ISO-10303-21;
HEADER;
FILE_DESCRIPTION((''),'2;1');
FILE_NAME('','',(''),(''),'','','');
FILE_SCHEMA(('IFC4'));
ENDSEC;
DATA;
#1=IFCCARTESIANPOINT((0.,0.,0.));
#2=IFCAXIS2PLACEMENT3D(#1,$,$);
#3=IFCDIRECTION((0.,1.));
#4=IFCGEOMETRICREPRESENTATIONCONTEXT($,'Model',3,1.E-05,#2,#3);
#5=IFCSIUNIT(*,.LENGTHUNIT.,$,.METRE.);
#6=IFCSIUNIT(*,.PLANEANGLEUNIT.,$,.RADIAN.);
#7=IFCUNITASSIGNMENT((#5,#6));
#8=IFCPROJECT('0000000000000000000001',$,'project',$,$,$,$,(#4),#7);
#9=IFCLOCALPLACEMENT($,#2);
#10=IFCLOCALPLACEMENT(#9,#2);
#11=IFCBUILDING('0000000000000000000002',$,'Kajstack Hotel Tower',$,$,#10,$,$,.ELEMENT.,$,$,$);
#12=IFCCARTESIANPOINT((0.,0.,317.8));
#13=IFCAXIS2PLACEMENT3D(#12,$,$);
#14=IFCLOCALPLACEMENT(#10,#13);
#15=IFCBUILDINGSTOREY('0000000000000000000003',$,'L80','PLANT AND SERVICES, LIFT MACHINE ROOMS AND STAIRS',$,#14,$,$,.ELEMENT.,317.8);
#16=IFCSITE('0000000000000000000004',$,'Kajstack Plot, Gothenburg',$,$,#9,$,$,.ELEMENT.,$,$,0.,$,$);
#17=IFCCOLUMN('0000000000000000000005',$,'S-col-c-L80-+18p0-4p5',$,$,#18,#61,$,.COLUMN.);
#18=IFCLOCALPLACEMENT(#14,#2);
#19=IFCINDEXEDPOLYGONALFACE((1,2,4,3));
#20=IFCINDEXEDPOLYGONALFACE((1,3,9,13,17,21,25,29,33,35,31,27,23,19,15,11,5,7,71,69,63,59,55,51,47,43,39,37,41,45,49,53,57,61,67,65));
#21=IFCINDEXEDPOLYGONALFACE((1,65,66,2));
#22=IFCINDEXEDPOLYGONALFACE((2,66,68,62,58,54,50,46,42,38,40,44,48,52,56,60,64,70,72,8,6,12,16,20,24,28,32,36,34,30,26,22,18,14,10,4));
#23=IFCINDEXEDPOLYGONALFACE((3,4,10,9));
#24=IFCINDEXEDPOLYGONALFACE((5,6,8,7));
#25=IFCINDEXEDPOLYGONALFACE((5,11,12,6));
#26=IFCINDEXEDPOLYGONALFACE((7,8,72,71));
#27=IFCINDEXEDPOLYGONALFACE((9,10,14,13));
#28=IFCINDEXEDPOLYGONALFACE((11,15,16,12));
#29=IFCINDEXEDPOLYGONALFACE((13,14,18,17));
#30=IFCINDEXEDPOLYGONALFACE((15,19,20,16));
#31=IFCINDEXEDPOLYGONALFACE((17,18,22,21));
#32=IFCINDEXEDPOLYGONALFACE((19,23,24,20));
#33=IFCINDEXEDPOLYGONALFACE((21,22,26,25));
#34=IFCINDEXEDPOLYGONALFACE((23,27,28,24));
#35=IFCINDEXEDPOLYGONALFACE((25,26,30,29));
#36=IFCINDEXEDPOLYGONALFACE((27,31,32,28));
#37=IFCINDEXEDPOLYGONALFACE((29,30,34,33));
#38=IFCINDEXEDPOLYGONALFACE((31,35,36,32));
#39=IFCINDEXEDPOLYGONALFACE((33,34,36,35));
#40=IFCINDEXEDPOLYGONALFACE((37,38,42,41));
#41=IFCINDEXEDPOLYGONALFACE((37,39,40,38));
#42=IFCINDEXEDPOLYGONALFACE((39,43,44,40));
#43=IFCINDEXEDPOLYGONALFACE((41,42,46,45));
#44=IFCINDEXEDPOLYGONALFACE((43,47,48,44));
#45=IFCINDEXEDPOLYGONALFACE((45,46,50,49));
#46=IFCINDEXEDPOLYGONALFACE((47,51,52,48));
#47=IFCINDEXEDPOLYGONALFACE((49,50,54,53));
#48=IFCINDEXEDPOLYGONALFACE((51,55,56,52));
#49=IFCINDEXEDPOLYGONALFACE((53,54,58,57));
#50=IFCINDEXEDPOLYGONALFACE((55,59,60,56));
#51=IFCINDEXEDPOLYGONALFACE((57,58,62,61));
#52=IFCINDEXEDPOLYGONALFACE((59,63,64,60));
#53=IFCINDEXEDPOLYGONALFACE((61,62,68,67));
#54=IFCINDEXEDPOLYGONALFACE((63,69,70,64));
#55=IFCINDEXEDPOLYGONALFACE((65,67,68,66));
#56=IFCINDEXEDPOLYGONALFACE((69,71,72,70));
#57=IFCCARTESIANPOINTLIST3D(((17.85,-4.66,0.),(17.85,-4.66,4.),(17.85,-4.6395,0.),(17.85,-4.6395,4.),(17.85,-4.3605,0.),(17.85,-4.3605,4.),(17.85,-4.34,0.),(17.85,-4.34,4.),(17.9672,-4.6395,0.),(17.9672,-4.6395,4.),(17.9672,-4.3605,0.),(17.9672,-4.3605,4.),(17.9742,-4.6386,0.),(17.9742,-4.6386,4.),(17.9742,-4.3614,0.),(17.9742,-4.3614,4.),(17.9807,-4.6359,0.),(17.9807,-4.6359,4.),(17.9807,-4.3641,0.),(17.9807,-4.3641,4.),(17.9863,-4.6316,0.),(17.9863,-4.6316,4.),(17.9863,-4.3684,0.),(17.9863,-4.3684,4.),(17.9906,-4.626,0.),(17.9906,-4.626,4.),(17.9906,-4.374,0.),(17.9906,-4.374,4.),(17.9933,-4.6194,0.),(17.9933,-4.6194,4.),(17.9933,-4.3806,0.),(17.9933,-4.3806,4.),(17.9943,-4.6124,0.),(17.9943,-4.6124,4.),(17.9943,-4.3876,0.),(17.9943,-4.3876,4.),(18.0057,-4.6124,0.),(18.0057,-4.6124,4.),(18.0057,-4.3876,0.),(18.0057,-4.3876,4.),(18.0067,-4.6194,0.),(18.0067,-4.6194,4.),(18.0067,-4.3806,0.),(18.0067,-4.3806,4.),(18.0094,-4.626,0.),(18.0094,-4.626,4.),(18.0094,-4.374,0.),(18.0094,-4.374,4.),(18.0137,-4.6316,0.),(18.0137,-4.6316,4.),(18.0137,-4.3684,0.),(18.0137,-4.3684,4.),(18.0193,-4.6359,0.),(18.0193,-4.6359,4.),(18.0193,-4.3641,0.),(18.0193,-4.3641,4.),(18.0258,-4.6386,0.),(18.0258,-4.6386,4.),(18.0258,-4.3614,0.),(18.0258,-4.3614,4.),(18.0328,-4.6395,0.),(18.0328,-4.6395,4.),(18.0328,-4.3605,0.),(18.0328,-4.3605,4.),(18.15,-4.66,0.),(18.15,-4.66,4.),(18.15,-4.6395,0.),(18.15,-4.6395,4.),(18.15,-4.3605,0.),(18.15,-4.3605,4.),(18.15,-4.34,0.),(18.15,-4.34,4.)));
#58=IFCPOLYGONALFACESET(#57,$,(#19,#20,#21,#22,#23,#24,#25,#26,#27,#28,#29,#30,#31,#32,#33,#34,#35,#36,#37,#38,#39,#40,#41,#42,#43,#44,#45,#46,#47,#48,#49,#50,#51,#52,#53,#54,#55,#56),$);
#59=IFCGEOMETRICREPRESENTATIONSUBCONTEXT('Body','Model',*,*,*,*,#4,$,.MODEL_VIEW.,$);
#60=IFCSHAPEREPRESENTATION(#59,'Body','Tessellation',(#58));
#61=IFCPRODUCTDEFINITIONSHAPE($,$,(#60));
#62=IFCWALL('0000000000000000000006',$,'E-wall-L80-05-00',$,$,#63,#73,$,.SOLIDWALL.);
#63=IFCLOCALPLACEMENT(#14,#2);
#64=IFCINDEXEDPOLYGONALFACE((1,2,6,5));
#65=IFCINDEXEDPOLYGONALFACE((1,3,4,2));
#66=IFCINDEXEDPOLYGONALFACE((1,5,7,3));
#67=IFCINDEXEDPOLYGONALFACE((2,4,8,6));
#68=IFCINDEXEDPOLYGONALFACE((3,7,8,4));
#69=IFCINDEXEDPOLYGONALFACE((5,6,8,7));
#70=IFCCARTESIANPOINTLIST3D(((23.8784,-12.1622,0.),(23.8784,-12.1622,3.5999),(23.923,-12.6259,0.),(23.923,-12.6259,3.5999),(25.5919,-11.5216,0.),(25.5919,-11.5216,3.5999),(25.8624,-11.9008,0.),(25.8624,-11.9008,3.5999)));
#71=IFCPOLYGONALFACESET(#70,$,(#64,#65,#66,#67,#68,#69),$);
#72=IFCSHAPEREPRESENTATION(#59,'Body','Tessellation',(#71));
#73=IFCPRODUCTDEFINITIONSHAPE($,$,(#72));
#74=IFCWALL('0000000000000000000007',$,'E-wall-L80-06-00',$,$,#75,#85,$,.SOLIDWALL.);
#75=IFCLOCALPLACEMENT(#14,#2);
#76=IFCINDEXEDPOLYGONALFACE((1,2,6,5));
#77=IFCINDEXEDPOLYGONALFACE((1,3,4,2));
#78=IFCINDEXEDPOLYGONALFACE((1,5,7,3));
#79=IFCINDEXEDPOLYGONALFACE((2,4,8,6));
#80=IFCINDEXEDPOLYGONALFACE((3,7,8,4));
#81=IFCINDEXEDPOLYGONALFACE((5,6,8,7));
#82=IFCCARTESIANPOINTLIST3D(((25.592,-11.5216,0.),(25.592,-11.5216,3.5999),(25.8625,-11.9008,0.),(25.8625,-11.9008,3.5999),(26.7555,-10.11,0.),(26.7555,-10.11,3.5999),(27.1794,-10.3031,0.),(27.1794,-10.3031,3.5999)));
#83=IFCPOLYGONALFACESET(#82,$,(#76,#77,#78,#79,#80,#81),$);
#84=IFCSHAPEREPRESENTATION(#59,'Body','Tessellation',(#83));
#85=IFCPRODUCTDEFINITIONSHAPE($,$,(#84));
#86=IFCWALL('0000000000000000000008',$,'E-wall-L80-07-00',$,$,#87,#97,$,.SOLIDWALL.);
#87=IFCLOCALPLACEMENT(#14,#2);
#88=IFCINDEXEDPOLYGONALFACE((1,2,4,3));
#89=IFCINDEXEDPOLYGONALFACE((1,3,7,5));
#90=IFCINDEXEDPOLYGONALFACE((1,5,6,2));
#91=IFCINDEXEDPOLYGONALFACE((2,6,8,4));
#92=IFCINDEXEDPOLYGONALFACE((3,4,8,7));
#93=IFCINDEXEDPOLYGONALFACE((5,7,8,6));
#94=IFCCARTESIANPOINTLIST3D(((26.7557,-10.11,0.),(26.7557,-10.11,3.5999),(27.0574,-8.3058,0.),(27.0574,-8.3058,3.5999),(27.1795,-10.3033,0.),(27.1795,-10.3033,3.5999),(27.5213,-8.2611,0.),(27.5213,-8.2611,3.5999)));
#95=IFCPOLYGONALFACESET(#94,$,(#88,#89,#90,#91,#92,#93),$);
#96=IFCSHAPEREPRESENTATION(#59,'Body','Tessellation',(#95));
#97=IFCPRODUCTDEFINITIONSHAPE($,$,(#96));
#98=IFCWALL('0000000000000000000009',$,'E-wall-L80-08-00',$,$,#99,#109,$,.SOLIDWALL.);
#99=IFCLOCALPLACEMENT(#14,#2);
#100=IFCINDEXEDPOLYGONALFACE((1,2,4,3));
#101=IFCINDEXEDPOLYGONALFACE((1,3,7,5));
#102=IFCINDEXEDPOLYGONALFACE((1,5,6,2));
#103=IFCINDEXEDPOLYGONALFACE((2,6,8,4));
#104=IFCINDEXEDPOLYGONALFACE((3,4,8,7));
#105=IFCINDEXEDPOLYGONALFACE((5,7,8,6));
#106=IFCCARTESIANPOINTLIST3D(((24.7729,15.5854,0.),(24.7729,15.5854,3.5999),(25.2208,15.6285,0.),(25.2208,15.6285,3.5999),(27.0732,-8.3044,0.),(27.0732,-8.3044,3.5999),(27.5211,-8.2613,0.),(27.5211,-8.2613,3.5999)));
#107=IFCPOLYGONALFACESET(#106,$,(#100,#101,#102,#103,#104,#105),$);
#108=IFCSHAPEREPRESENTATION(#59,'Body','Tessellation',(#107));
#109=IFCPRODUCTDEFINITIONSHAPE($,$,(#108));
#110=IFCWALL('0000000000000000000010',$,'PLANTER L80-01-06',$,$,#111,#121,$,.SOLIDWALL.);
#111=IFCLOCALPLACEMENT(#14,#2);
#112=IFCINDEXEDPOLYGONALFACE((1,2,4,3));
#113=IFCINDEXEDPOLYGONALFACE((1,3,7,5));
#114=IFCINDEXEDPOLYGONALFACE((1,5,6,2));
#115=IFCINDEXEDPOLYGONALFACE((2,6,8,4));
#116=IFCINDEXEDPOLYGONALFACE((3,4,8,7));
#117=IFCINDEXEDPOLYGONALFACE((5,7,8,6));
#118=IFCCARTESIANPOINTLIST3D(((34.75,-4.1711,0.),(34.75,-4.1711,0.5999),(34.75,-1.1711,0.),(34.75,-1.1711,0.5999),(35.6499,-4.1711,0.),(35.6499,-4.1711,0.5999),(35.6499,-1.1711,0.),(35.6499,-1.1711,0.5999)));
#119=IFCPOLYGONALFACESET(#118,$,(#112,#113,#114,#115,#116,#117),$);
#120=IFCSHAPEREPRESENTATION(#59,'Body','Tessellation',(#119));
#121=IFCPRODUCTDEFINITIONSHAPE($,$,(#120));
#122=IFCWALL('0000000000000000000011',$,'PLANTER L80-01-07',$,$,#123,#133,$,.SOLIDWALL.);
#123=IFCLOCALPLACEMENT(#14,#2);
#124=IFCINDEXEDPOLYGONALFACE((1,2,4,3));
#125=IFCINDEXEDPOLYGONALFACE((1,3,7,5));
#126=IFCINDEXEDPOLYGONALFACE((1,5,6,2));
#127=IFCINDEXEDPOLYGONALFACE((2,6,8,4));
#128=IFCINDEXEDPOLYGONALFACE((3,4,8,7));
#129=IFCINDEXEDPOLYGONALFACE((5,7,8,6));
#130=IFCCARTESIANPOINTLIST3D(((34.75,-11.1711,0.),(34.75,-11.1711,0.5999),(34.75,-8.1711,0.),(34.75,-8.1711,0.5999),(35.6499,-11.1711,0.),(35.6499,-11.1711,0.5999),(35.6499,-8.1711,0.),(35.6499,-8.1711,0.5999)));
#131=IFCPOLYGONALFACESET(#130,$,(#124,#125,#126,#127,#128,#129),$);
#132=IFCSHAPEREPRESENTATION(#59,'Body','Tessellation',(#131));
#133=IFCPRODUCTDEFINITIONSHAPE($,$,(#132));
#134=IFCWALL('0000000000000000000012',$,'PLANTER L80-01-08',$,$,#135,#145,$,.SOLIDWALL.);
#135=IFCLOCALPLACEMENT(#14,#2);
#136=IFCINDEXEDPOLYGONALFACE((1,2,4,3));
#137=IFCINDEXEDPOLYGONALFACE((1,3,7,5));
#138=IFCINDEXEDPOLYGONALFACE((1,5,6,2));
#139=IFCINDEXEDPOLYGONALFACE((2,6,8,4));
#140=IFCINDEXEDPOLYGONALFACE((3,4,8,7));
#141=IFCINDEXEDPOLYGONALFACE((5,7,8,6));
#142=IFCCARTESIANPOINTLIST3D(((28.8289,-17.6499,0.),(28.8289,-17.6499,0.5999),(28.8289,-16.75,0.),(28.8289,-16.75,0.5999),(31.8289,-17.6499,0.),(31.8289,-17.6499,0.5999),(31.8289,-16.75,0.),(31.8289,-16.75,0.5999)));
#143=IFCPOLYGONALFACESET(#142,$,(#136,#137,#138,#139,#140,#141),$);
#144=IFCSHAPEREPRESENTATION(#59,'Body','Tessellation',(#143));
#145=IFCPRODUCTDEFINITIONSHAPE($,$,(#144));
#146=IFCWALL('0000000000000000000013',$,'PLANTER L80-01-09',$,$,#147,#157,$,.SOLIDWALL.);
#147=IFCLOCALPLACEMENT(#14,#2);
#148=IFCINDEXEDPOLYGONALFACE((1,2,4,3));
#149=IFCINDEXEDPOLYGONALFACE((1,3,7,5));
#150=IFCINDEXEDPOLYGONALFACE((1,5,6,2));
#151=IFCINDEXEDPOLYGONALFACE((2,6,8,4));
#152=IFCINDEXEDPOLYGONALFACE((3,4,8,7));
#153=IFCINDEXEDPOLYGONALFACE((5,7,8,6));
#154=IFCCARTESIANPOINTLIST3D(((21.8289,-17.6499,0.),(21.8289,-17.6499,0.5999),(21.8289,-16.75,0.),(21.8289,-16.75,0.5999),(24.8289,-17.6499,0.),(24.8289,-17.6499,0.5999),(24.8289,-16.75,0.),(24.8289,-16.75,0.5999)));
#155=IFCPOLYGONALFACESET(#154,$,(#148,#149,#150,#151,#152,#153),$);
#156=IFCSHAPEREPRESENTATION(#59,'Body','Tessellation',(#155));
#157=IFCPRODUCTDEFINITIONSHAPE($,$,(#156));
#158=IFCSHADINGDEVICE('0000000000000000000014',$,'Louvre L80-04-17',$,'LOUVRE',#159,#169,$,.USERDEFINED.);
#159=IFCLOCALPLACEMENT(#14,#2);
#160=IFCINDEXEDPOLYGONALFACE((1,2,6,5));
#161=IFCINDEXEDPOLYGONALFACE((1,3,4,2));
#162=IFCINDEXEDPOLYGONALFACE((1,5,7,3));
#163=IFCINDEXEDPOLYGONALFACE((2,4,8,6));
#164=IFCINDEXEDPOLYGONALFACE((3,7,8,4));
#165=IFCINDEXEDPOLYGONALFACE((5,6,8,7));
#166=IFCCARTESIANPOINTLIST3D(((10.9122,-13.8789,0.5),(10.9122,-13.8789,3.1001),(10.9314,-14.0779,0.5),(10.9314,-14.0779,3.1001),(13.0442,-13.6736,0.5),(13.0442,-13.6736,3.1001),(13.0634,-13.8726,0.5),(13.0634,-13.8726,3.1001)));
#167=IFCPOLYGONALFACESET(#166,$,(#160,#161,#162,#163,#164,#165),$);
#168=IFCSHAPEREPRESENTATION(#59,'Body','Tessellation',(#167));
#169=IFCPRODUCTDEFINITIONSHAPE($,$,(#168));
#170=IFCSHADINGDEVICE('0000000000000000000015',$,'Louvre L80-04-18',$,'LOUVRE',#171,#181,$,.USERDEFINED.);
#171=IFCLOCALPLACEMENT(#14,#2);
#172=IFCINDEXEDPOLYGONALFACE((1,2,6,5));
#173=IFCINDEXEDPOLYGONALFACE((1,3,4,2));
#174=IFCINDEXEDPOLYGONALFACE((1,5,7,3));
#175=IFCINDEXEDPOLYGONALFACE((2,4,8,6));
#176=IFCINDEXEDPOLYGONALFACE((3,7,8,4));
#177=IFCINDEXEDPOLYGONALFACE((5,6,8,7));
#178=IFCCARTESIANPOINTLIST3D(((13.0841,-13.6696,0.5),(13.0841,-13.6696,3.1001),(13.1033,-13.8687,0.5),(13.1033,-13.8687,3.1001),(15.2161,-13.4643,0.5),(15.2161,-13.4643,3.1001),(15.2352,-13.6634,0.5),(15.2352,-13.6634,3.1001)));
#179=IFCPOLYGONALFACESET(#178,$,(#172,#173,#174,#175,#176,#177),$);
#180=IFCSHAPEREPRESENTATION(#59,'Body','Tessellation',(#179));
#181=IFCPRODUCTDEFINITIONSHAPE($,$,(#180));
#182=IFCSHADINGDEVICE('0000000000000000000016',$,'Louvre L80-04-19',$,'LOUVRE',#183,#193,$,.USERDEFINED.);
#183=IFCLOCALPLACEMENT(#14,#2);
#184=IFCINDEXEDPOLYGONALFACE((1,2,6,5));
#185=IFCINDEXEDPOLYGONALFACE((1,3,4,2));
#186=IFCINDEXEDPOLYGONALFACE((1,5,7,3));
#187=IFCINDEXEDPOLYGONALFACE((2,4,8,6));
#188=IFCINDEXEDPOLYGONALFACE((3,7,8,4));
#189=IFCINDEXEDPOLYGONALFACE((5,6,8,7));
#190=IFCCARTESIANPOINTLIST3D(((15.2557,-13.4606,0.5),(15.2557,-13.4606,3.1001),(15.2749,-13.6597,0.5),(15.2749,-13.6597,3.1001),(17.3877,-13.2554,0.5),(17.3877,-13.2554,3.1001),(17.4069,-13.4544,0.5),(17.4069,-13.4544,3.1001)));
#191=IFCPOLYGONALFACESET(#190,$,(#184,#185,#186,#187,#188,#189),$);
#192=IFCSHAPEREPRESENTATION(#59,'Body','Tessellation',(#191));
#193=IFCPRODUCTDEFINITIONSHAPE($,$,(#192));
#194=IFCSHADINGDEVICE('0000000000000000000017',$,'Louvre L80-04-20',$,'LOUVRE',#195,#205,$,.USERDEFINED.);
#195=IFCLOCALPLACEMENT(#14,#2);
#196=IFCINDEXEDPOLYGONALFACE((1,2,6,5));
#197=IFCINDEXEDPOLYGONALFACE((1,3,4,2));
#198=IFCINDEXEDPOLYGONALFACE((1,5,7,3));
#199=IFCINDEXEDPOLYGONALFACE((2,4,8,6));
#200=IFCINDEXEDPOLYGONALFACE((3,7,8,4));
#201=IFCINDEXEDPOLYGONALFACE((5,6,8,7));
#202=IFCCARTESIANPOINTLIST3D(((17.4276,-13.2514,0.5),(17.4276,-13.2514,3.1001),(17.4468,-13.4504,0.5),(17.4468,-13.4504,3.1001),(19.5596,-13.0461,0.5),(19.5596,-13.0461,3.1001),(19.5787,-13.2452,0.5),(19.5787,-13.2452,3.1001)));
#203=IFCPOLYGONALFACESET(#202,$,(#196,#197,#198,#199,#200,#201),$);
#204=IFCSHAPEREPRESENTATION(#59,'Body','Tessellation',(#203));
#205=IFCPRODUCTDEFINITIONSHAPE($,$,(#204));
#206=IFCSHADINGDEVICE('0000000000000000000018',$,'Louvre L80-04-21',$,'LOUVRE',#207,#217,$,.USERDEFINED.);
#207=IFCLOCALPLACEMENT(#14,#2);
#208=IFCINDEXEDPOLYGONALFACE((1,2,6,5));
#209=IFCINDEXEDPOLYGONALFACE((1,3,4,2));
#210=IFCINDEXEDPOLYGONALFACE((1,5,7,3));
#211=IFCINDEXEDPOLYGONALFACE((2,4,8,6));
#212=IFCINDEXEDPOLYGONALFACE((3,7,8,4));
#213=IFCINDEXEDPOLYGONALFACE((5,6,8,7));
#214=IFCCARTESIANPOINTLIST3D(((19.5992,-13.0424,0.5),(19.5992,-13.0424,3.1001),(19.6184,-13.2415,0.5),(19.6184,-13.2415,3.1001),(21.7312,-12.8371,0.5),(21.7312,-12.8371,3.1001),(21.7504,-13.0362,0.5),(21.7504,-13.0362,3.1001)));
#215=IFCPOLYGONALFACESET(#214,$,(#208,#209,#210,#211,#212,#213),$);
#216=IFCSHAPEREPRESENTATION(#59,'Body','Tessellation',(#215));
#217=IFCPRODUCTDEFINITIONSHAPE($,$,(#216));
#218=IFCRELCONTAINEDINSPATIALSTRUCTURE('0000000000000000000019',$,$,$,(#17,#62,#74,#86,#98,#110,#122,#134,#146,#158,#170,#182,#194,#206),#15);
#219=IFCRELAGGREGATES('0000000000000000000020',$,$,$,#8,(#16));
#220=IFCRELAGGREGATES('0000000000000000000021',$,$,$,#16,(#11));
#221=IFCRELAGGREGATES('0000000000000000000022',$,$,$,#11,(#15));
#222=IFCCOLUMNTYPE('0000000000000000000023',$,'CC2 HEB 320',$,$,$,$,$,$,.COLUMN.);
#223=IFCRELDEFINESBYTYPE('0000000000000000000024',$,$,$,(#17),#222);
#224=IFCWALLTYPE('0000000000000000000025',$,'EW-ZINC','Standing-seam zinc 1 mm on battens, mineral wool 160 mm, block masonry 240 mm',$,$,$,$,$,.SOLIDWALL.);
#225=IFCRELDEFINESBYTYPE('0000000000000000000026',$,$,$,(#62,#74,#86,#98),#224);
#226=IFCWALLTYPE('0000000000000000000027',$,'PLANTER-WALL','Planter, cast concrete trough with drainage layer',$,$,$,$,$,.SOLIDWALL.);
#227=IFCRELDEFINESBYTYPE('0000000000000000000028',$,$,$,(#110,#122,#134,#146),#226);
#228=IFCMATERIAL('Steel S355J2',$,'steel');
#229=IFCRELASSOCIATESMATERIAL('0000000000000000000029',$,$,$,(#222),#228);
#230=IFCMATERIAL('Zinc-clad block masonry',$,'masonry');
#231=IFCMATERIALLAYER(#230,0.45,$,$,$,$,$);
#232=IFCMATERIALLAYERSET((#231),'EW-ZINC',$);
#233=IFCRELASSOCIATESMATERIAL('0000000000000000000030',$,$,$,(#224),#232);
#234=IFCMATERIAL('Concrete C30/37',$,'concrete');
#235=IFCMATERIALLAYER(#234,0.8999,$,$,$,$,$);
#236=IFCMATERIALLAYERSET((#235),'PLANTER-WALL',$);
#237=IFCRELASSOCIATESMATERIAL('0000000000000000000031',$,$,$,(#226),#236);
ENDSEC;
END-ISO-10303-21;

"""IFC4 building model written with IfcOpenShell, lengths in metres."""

from ifc_helpers import new_model, si_unit, direction, frame, frame_2d, origin, origin_2d, place, context, subcontext, project, spatial, polyline, rectangle, i_section, outline, extrude, material, layer, layer_set, material_profile, profile_set, type_object, element, save


model = new_model("IFC4")

# Units and contexts
model_context = context("Model", 3, precision=1e-05, world=origin(), true_north=direction((0.0, 1.0)))
body_context = subcontext(model_context, "Body", "Model", "MODEL_VIEW")
ifc_project = project(units=[si_unit("LENGTHUNIT", "METRE"), si_unit("PLANEANGLEUNIT", "RADIAN")], contexts=[model_context])

# Site, building, storey
site_placement = place(None, origin())
site = spatial("IfcSite", under=ifc_project, at=site_placement, Name="Kajstack Plot, Gothenburg", CompositionType="ELEMENT", RefElevation=0.0)
building_placement = place(site_placement, origin())
building = spatial("IfcBuilding", under=site, at=building_placement, Name="Kajstack Hotel Tower", CompositionType="ELEMENT")
storey_placement = place(building_placement, frame((0.0, 0.0, 317.8)))
storey = spatial("IfcBuildingStorey", under=building, at=storey_placement, Name="L80", Description="PLANT AND SERVICES, LIFT MACHINE ROOMS AND STAIRS", CompositionType="ELEMENT", Elevation=317.8)

# Column
ifc_material_1 = material(Name="Steel S355J2", Category="steel")
ifc_material_profile = material_profile(ifc_material_1, i_section(OverallWidth=0.3, OverallDepth=0.3201, WebThickness=0.0115, FlangeThickness=0.0205, FilletRadius=0.0271, at=origin_2d()), Name="HEB 320")
ifc_profile_set = profile_set([ifc_material_profile], Name="Steel S355J2")
column_type = type_object("IfcColumnType", Name="CC2 HEB 320", PredefinedType="COLUMN", material=ifc_profile_set)
column_placement = place(storey_placement, frame((18.0, -4.5, 0.0), z_axis=(0.0, 0.0, 1.0), x_axis=(1.0, 0.0, 0.0)))
element("IfcColumn", 1, at=column_placement, inside=storey, type_object=column_type, Name="S-col-c-L80-+18p0-4p5", PredefinedType="COLUMN", context=body_context, shape_type="SweptSolid", body=[
    extrude(i_section(OverallWidth=0.3, OverallDepth=0.3201, WebThickness=0.0115, FlangeThickness=0.0205, FilletRadius=0.0271, at=origin_2d()), origin(), (0.0, 0.0, 1.0), 4.0),
])

# Walls
ifc_material_2 = material(Name="Zinc-clad block masonry", Category="masonry")
ifc_layer_1 = layer(ifc_material_2, 0.45)
ifc_layer_set_1 = layer_set([ifc_layer_1], Name="EW-ZINC")
wall_type_1 = type_object("IfcWallType", Name="EW-ZINC", Description="Standing-seam zinc 1 mm on battens, mineral wool 160 mm, block masonry 240 mm", PredefinedType="SOLIDWALL", material=ifc_layer_set_1)
for number, where, z_axis, x_axis, name in (
    (2, (23.8442, -12.4153, 0.0), (0.0, 0.0, 1.0), (0.936678, 0.350193, 0.0), "E-wall-L80-05-00"),
    (3, (25.689, -11.7578, 0.0), (0.0, 0.0, 1.0), (0.636046, 0.771651, 0.0), "E-wall-L80-06-00"),
):
    element("IfcWall", number, at=place(storey_placement, frame(where, z_axis=z_axis, x_axis=x_axis)), inside=storey, type_object=wall_type_1, Name=name, PredefinedType="SOLIDWALL", context=body_context, shape_type="SweptSolid", body=[
        extrude(outline(polyline([(0.0, -0.2249), (2.0706, -0.2249), (1.95, 0.2251), (0.1206, 0.2251), (0.0, -0.2249)])), origin(), (0.0, 0.0, 1.0), 3.5999),
    ])
wall_1_placement = place(storey_placement, frame((26.9575, -10.2661, 0.0), z_axis=(0.0, 0.0, 1.0), x_axis=(0.165068, 0.986282, 0.0)))
element("IfcWall", 4, at=wall_1_placement, inside=storey, type_object=wall_type_1, Name="E-wall-L80-07-00", PredefinedType="SOLIDWALL", context=body_context, shape_type="SweptSolid", body=[
    extrude(outline(polyline([(0.0, -0.2251), (2.0706, -0.2251), (1.95, 0.2251), (0.1206, 0.2249), (0.0, -0.2251)])), origin(), (0.0, 0.0, 1.0), 3.5999),
])
wall_2_placement = place(storey_placement, frame((27.2971, -8.2827, 0.0), z_axis=(0.0, 0.0, 1.0), x_axis=(-0.095845, 0.995396, 0.0)))
element("IfcWall", 5, at=wall_2_placement, inside=storey, type_object=wall_type_1, Name="E-wall-L80-08-00", PredefinedType="SOLIDWALL", context=body_context, shape_type="SweptSolid", body=[
    extrude(rectangle(XDim=24.0002, YDim=0.45, at=frame_2d((12.0, 0.0))), origin(), (0.0, 0.0, 1.0), 3.5999),
])
ifc_material_3 = material(Name="Concrete C30/37", Category="concrete")
ifc_layer_2 = layer(ifc_material_3, 0.8999)
ifc_layer_set_2 = layer_set([ifc_layer_2], Name="PLANTER-WALL")
wall_type_2 = type_object("IfcWallType", Name="PLANTER-WALL", Description="Planter, cast concrete trough with drainage layer", PredefinedType="SOLIDWALL", material=ifc_layer_set_2)
for number, where, z_axis, x_axis, name in (
    (6, (35.2, -1.1711, 0.0), (0.0, 0.0, 1.0), (0.0, -1.0, 0.0), "PLANTER L80-01-06"),
    (7, (35.2, -8.1711, 0.0), (0.0, 0.0, 1.0), (0.0, -1.0, 0.0), "PLANTER L80-01-07"),
    (8, (31.8289, -17.2, 0.0), (0.0, 0.0, 1.0), (-1.0, 0.0, 0.0), "PLANTER L80-01-08"),
    (9, (24.8289, -17.2, 0.0), (0.0, 0.0, 1.0), (-1.0, 0.0, 0.0), "PLANTER L80-01-09"),
):
    element("IfcWall", number, at=place(storey_placement, frame(where, z_axis=z_axis, x_axis=x_axis)), inside=storey, type_object=wall_type_2, Name=name, PredefinedType="SOLIDWALL", context=body_context, shape_type="SweptSolid", body=[
        extrude(rectangle(XDim=3.0, YDim=0.8999, at=frame_2d((1.5, 0.0))), origin(), (0.0, 0.0, 1.0), 0.5999),
    ])

# Shading devices
for number, where, z_axis, x_axis, name in (
    (10, (11.9878, -13.8757, 0.5), (0.0, 0.0, 1.0), (0.995396, 0.095846, 0.0), "Louvre L80-04-17"),
    (11, (14.1597, -13.6665, 0.5), (0.0, 0.0, 1.0), (0.995396, 0.095846, 0.0), "Louvre L80-04-18"),
    (12, (16.3313, -13.4575, 0.5), (0.0, 0.0, 1.0), (0.995396, 0.095846, 0.0), "Louvre L80-04-19"),
    (13, (18.5032, -13.2483, 0.5), (0.0, 0.0, 1.0), (0.995396, 0.095846, 0.0), "Louvre L80-04-20"),
    (14, (20.6748, -13.0393, 0.5), (0.0, 0.0, 1.0), (0.995396, 0.095846, 0.0), "Louvre L80-04-21"),
):
    element("IfcShadingDevice", number, at=place(storey_placement, frame(where, z_axis=z_axis, x_axis=x_axis)), inside=storey, Name=name, ObjectType="LOUVRE", PredefinedType="USERDEFINED", context=body_context, shape_type="SweptSolid", body=[
        extrude(rectangle(XDim=2.1418, YDim=0.2, at=origin_2d()), origin(), (0.0, 0.0, 1.0), 2.6001),
    ])

save(model, "model.ifc")
